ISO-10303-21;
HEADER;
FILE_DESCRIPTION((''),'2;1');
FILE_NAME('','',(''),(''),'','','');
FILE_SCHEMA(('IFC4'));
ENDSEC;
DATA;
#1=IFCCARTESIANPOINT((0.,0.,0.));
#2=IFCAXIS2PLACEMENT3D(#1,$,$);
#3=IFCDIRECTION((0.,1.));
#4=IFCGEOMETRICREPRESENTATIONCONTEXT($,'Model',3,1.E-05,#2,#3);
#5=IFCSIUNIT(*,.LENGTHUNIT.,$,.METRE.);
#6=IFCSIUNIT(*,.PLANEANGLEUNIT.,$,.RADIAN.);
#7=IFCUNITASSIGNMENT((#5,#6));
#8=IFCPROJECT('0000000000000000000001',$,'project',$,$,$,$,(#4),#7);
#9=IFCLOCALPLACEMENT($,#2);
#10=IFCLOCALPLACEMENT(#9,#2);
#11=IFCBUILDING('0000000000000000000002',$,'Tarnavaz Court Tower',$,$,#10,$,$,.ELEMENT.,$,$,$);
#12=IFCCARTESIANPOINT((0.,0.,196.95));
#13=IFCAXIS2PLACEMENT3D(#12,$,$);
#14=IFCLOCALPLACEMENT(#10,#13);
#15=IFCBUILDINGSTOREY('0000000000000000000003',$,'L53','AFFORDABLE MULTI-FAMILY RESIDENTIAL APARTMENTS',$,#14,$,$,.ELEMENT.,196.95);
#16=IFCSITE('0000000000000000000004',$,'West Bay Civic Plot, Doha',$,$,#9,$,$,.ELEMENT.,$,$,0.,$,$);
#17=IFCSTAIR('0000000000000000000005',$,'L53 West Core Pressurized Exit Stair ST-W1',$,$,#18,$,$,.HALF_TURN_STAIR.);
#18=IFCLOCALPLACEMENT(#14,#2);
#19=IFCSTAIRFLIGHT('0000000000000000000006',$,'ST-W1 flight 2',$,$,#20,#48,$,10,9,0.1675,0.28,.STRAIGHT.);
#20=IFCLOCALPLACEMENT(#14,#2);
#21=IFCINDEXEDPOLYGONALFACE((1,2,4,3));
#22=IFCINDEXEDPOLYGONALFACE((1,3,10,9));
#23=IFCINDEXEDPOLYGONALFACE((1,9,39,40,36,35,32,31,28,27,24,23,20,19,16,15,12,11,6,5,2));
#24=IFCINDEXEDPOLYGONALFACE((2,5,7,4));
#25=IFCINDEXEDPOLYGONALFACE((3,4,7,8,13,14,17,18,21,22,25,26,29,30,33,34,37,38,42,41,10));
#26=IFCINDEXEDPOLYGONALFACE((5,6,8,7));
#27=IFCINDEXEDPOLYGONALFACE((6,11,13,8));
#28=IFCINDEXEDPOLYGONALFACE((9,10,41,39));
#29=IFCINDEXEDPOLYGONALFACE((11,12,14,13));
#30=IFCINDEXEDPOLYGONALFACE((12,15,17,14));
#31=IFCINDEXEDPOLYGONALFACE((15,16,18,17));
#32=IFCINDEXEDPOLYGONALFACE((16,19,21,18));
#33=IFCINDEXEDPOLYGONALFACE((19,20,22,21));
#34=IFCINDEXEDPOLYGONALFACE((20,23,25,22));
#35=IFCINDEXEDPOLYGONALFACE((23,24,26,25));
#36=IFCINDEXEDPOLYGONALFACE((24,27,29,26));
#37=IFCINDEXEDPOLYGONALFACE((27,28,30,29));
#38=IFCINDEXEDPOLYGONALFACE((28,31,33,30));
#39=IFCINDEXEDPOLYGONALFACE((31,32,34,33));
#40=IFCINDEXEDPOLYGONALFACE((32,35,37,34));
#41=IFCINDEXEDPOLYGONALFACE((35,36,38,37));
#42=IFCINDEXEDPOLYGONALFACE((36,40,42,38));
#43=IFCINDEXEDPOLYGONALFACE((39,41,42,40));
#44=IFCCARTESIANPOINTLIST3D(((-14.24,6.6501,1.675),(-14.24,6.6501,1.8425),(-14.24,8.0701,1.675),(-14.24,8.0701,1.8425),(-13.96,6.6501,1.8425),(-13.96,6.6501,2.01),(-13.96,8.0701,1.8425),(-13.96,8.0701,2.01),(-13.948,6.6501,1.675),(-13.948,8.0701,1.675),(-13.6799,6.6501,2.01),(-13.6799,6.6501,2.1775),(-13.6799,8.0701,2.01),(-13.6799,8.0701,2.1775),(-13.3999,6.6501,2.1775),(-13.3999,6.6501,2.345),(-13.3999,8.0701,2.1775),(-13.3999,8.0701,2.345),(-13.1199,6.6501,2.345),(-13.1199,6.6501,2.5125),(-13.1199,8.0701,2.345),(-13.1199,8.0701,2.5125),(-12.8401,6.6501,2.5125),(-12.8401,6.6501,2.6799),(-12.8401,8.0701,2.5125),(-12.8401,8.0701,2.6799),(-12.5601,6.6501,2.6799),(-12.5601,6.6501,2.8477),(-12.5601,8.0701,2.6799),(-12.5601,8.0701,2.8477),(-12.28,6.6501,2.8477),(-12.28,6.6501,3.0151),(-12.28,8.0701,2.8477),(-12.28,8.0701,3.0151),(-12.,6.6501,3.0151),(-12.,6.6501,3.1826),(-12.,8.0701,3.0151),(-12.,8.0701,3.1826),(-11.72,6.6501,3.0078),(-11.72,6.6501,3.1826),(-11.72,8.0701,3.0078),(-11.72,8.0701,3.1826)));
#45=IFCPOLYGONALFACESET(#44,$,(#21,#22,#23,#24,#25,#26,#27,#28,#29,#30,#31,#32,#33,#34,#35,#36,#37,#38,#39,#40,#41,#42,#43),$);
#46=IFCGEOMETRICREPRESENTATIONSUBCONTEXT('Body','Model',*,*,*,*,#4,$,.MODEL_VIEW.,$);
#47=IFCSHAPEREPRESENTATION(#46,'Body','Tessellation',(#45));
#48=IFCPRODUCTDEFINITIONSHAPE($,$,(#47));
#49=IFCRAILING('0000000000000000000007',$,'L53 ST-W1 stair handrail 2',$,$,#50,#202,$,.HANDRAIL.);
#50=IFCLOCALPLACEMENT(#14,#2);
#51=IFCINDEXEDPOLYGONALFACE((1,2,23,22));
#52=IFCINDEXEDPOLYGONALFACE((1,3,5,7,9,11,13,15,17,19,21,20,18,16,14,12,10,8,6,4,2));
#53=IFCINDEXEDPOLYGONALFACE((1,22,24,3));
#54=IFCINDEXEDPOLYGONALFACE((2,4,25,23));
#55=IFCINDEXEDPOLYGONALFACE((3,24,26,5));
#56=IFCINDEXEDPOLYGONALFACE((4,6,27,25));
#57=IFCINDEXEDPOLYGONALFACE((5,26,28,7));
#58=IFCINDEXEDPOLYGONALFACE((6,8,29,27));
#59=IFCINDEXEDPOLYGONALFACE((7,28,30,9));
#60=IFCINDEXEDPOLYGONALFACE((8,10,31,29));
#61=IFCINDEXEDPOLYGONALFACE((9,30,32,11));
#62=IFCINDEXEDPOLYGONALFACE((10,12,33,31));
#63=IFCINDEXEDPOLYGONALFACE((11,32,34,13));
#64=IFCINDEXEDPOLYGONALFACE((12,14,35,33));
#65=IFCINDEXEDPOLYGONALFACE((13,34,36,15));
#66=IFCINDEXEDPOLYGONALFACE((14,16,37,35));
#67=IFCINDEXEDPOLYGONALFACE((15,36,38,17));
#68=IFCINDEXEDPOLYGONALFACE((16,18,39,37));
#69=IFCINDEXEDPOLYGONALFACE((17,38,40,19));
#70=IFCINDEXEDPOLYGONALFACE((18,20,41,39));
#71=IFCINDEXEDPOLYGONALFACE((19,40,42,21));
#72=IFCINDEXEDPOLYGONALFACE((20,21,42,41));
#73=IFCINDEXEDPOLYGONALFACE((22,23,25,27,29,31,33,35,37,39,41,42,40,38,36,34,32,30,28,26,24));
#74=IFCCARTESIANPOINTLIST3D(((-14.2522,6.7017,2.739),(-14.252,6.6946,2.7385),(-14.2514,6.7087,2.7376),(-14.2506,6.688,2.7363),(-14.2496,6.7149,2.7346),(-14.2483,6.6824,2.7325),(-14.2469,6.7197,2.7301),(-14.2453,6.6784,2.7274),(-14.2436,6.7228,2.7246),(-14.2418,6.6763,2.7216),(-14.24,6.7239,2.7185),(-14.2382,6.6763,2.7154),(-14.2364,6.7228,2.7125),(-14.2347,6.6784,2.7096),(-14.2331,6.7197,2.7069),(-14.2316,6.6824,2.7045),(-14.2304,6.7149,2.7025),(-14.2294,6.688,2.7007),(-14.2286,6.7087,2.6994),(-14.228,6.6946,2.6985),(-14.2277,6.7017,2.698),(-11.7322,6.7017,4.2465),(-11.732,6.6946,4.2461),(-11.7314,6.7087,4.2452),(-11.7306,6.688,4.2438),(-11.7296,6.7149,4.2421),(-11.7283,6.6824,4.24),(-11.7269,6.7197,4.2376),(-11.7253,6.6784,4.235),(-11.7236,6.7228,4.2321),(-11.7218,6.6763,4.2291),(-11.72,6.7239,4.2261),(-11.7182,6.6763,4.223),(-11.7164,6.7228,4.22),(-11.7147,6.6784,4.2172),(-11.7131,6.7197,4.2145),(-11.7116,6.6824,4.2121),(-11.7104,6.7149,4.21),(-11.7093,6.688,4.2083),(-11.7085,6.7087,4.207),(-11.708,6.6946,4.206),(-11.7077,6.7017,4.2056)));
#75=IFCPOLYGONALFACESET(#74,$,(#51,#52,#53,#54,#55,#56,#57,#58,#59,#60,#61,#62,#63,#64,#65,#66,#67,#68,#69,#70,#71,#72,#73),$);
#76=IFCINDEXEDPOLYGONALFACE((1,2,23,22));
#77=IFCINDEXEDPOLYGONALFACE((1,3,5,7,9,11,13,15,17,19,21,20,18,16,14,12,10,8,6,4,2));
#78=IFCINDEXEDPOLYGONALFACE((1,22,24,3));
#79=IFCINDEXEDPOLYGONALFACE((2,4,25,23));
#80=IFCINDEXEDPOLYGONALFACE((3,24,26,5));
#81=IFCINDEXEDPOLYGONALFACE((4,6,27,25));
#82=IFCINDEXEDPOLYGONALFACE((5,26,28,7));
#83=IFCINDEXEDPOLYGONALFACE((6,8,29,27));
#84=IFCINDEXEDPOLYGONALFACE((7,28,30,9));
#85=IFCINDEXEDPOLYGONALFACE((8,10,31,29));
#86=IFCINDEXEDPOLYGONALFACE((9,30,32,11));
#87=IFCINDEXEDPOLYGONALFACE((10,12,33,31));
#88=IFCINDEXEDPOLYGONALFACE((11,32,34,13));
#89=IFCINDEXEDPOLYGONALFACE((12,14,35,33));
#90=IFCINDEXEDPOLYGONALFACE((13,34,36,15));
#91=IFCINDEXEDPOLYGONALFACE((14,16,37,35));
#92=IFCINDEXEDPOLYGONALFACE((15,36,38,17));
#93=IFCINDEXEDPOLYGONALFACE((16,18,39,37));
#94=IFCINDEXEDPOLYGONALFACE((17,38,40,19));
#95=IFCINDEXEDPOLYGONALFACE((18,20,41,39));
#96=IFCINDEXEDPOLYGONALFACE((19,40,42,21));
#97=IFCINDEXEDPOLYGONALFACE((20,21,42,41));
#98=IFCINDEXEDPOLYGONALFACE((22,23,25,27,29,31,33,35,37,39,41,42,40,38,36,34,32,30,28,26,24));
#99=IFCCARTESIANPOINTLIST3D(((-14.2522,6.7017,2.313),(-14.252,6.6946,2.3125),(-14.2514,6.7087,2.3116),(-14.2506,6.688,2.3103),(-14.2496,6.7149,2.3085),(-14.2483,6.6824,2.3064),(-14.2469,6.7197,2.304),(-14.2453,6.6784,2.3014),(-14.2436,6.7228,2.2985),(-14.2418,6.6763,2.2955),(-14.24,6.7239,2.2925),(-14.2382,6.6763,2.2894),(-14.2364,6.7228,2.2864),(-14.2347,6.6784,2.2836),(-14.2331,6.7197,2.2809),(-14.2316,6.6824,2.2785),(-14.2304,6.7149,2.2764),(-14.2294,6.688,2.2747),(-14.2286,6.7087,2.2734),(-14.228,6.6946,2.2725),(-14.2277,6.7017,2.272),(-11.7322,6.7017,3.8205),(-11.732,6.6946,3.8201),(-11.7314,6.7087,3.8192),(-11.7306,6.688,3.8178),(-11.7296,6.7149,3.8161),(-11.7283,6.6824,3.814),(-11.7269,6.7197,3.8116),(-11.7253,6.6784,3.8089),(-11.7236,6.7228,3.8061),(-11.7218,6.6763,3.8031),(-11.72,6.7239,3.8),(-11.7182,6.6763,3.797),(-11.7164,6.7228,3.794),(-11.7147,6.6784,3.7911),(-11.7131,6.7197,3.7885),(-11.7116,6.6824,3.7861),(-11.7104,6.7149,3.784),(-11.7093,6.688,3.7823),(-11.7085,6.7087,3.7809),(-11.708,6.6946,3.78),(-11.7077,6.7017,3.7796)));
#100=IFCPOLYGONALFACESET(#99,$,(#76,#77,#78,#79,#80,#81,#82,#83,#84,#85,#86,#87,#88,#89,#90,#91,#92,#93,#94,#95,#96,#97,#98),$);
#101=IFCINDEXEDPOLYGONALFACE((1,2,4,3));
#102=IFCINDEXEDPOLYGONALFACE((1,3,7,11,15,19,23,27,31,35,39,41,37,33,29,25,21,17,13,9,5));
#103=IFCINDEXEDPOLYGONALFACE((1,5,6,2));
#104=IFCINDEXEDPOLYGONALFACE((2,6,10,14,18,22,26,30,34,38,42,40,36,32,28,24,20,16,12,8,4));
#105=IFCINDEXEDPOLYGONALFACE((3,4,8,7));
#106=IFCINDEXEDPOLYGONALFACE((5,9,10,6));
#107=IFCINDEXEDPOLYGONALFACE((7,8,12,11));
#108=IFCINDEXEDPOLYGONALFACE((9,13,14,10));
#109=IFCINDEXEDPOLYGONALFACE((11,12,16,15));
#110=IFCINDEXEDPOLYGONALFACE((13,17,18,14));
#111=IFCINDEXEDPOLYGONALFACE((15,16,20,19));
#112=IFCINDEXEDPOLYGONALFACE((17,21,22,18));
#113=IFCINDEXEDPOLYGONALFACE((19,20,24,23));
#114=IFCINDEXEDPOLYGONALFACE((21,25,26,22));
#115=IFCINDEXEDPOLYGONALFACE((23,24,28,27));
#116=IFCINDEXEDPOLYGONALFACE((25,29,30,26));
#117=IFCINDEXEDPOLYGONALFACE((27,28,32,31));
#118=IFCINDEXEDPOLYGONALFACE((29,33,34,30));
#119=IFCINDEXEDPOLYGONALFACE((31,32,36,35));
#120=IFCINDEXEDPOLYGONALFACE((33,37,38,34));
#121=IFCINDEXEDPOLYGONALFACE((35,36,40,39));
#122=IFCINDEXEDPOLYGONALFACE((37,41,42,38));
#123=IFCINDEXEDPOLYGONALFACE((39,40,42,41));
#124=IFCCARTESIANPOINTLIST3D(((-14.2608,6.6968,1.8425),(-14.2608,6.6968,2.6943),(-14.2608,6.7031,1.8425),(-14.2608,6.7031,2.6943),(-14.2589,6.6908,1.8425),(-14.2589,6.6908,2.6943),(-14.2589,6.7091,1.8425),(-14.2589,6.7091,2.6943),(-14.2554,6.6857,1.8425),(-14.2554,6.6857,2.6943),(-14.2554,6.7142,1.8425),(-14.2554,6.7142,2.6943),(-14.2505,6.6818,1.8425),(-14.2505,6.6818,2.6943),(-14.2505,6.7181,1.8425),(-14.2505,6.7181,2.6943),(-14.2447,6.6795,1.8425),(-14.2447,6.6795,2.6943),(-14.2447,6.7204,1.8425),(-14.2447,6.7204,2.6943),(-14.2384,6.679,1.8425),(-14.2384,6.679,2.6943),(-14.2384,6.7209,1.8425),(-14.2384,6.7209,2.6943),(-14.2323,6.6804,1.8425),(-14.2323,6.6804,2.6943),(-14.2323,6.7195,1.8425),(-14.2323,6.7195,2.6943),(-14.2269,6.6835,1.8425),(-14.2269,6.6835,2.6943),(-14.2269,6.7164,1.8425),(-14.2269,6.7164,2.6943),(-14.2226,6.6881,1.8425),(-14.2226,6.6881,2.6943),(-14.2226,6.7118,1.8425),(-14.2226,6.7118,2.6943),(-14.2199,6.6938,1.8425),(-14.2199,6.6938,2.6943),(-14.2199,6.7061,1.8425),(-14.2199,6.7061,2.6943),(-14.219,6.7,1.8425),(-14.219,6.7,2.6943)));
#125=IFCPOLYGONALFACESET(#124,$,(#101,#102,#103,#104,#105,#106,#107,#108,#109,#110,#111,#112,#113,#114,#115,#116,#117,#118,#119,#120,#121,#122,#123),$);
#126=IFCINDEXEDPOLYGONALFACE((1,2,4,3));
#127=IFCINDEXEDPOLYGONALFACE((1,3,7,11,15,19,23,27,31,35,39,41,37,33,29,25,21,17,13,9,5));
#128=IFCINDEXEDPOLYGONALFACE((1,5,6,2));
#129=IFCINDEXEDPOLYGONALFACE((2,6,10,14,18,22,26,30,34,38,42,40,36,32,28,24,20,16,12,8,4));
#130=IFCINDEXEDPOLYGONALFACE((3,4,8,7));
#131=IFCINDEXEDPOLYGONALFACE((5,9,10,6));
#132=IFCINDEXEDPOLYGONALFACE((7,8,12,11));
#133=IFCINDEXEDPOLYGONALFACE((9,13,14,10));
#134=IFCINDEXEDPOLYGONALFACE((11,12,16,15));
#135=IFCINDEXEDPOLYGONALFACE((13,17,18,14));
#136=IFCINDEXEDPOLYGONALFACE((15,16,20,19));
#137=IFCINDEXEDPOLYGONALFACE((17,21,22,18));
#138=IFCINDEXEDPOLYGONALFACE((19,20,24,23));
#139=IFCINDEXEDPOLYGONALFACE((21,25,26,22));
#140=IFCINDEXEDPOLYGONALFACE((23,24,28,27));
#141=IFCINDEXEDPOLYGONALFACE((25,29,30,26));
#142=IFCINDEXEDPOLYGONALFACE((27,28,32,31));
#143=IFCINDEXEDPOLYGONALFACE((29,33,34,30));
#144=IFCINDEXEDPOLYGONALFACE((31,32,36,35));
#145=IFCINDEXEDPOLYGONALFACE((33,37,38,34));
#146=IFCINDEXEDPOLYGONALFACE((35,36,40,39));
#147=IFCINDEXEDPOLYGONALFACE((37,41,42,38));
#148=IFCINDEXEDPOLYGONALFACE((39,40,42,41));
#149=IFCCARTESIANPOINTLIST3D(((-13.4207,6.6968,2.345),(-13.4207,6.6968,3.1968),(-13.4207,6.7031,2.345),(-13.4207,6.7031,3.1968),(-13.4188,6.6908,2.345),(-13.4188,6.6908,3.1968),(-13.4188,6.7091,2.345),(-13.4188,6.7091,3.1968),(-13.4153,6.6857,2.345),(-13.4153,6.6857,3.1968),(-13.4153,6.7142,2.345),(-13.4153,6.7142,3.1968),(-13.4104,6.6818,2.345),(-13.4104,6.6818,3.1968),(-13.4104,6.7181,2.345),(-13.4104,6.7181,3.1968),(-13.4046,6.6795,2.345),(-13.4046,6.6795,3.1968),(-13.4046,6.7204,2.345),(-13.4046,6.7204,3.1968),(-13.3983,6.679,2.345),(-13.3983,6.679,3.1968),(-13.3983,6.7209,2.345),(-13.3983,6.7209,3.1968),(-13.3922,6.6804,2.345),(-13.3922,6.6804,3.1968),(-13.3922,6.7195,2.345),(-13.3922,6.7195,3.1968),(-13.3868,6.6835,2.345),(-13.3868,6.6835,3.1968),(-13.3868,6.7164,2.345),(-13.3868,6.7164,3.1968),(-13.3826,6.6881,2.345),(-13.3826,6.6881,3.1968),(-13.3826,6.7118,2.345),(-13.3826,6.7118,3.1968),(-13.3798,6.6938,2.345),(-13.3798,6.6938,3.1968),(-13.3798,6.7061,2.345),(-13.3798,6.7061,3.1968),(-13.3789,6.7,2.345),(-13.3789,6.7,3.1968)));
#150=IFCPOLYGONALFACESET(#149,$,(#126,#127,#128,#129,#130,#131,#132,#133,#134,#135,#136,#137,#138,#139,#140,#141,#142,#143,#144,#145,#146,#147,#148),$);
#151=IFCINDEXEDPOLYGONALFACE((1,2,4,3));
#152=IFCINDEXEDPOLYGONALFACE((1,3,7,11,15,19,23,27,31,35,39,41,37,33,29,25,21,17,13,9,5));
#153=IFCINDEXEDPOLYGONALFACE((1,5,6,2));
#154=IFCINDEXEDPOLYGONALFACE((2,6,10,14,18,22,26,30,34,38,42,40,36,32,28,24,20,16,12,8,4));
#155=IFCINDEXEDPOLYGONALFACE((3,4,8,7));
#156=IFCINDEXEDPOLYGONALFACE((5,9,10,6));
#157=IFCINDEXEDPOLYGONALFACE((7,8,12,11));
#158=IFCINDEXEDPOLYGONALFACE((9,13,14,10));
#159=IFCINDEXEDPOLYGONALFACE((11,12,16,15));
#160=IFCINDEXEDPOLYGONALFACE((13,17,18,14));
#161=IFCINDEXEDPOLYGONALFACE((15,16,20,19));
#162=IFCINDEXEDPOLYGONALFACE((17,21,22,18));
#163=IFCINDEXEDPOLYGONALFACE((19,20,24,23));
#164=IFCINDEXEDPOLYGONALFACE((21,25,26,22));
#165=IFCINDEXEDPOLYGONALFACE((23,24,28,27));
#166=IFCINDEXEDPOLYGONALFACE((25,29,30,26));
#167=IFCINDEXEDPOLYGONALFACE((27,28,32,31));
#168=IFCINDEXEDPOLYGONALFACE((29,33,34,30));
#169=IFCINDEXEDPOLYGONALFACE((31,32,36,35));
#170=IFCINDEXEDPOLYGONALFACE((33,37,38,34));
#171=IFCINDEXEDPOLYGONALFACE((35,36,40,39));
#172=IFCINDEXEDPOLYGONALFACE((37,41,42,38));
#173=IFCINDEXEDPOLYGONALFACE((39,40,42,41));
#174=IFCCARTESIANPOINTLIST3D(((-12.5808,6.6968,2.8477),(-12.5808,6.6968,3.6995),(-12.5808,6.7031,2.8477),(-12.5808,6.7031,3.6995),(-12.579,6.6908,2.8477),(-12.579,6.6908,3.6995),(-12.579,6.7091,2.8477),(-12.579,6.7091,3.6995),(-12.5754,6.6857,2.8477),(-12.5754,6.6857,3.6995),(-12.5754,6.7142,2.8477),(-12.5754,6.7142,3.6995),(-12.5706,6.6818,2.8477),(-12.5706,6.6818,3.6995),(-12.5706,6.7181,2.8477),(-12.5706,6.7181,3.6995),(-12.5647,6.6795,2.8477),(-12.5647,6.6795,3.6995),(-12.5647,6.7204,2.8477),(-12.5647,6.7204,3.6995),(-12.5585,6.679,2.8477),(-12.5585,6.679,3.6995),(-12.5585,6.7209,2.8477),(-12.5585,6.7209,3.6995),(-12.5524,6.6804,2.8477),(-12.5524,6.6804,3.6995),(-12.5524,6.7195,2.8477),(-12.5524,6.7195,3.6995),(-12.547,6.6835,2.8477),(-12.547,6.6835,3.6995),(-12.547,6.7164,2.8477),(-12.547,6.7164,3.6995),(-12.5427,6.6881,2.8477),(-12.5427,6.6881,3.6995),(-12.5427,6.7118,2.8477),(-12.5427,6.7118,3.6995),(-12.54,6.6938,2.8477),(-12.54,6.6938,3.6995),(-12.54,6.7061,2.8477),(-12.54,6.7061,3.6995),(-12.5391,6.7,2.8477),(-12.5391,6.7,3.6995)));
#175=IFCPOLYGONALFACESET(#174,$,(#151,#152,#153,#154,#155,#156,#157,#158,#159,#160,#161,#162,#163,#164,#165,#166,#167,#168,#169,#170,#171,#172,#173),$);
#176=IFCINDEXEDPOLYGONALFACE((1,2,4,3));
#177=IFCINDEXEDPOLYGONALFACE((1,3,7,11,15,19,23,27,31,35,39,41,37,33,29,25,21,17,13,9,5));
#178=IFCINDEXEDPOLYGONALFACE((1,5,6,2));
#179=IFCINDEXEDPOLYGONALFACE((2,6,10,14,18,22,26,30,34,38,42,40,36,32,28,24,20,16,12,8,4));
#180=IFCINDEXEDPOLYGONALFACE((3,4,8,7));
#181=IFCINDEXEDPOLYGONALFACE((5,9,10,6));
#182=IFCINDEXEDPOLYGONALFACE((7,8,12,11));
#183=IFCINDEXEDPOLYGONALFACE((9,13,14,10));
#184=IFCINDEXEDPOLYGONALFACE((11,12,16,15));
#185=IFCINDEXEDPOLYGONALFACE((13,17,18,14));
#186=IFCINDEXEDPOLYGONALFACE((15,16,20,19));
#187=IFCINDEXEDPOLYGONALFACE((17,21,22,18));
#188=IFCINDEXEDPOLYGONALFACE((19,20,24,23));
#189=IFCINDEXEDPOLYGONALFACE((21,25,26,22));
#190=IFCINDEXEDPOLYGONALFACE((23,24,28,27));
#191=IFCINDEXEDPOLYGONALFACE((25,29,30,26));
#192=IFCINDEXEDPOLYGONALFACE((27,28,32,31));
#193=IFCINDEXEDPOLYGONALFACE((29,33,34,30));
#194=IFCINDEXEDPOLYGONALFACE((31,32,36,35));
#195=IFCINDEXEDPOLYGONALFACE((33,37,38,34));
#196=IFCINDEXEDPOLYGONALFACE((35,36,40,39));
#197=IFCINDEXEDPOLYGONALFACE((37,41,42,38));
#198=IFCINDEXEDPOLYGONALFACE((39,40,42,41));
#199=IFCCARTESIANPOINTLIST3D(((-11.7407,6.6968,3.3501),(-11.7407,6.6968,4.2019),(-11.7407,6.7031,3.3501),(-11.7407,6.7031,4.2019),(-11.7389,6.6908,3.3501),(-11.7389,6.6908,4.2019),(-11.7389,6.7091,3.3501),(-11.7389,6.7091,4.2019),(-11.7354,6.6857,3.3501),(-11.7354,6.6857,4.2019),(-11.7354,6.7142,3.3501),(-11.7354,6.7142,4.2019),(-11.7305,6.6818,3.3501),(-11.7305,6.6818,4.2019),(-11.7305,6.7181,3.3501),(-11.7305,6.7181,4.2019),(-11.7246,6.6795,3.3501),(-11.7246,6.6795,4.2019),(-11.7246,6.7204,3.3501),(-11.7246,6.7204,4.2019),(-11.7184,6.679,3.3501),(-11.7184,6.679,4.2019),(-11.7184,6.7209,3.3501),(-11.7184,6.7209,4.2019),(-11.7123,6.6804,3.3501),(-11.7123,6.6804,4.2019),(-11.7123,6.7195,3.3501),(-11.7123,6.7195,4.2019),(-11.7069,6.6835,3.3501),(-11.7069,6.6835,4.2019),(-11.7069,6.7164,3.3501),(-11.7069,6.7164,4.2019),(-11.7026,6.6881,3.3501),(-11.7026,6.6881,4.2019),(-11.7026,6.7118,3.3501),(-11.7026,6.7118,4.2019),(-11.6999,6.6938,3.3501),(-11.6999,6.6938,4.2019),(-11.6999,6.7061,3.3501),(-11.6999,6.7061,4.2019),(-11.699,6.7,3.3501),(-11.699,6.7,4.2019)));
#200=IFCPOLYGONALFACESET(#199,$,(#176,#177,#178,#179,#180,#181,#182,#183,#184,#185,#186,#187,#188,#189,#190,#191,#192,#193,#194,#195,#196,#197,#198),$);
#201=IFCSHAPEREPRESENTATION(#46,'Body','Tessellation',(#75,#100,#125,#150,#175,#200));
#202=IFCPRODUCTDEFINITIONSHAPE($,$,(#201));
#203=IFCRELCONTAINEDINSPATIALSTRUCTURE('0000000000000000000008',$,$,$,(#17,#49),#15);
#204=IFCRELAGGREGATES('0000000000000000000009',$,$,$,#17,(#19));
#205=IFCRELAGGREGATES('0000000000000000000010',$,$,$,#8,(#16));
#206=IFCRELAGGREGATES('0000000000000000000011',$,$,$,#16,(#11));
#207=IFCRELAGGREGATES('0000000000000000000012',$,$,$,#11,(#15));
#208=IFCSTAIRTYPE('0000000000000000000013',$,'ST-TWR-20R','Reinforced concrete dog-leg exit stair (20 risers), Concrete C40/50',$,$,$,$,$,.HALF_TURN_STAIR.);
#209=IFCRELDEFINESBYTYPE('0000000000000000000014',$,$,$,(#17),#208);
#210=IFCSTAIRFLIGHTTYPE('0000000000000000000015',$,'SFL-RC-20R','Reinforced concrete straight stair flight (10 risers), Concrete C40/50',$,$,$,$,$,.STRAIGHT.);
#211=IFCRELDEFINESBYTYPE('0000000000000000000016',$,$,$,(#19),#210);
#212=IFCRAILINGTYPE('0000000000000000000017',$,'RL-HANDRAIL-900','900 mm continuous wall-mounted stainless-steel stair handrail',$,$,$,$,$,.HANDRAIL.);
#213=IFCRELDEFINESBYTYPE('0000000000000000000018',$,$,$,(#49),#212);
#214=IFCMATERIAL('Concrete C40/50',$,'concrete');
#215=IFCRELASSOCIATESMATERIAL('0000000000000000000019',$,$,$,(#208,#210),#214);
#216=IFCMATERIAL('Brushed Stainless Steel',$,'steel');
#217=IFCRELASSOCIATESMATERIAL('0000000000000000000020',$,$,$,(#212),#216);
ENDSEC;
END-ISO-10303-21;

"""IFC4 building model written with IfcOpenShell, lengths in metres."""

from ifc_helpers import new_model, si_unit, direction, frame, origin, origin_2d, place, context, subcontext, project, spatial, polyline, circle, outline, extrude, material, type_object, element, aggregate, save


model = new_model("IFC4")

# Units and contexts
model_context = context("Model", 3, precision=1e-05, world=origin(), true_north=direction((0.0, 1.0)))
body_context = subcontext(model_context, "Body", "Model", "MODEL_VIEW")
ifc_project = project(units=[si_unit("LENGTHUNIT", "METRE"), si_unit("PLANEANGLEUNIT", "RADIAN")], contexts=[model_context])

# Site, building, storey
site_placement = place(None, origin())
site = spatial("IfcSite", under=ifc_project, at=site_placement, Name="West Bay Civic Plot, Doha", CompositionType="ELEMENT", RefElevation=0.0)
building_placement = place(site_placement, origin())
building = spatial("IfcBuilding", under=site, at=building_placement, Name="Tarnavaz Court Tower", CompositionType="ELEMENT")
storey_placement = place(building_placement, frame((0.0, 0.0, 196.95)))
storey = spatial("IfcBuildingStorey", under=building, at=storey_placement, Name="L53", Description="AFFORDABLE MULTI-FAMILY RESIDENTIAL APARTMENTS", CompositionType="ELEMENT", Elevation=196.95)

# Stair, stair flight
ifc_material_1 = material(Name="Concrete C40/50", Category="concrete")
stair_type = type_object("IfcStairType", Name="ST-TWR-20R", Description="Reinforced concrete dog-leg exit stair (20 risers), Concrete C40/50", PredefinedType="HALF_TURN_STAIR", material=ifc_material_1)
stair_placement = place(storey_placement, origin())
stair = element("IfcStair", 1, at=stair_placement, inside=storey, type_object=stair_type, Name="L53 West Core Pressurized Exit Stair ST-W1", PredefinedType="HALF_TURN_STAIR")
stair_flight_type = type_object("IfcStairFlightType", Name="SFL-RC-20R", Description="Reinforced concrete straight stair flight (10 risers), Concrete C40/50", PredefinedType="STRAIGHT", material=ifc_material_1)
stair_flight_placement = place(storey_placement, frame((-14.24, 7.3601, 1.675), z_axis=(0.0, 0.0, 1.0), x_axis=(1.0, 0.0, 0.0)))
stair_flight = element("IfcStairFlight", 2, at=stair_flight_placement, type_object=stair_flight_type, Name="ST-W1 flight 2", NumberOfRisers=10, NumberOfTreads=9, PredefinedType="STRAIGHT", RiserHeight=0.1675, TreadLength=0.28, context=body_context, shape_type="SweptSolid", body=[
    extrude(outline(polyline([(0.0, 0.0), (0.0, 0.1675), (0.28, 0.1675), (0.28, 0.335), (0.5601, 0.335), (0.5601, 0.5024), (0.8401, 0.5024), (0.8401, 0.6699), (1.1201, 0.6699), (1.1201, 0.8374), (1.3999, 0.8374), (1.3999, 1.0049), (1.6799, 1.0049), (1.6799, 1.1726), (1.96, 1.1726), (1.96, 1.3401), (2.24, 1.3401), (2.24, 1.5076), (2.52, 1.5076), (2.52, 1.675), (2.52, 1.3328), (0.292, 0.0), (0.0, 0.0)])), frame((0.0, 0.71, 0.0), z_axis=(0.0, -1.0, 0.0), x_axis=(1.0, 0.0, 0.0)), (0.0, 0.0, 1.0), 1.4199),
])
aggregate(stair, [stair_flight])

# Railing
ifc_material_2 = material(Name="Brushed Stainless Steel", Category="steel")
railing_type_1 = type_object("IfcRailingType", Name="RL-HANDRAIL-900", Description="900 mm continuous wall-mounted stainless-steel stair handrail", PredefinedType="HANDRAIL", material=ifc_material_2)
railing_1_placement = place(storey_placement, frame((-14.24, 6.7, 1.8425)))
element("IfcRailing", 3, at=railing_1_placement, inside=storey, type_object=railing_type_1, Name="L53 ST-W1 stair handrail 2", PredefinedType="HANDRAIL", context=body_context, shape_type="SweptSolid", body=[
    extrude(circle(Radius=0.0239, at=origin_2d()), frame((0.0, 0.0, 0.876), z_axis=(0.85816, 0.0, 0.513383), x_axis=(0.0, 1.0, 0.0)), (0.0, 0.0, 1.0), 2.9365),
    extrude(circle(Radius=0.0239, at=origin_2d()), frame((0.0, 0.0, 0.45), z_axis=(0.85816, 0.0, 0.513383), x_axis=(0.0, 1.0, 0.0)), (0.0, 0.0, 1.0), 2.9365),
    extrude(circle(Radius=0.021, at=origin_2d()), origin(), (0.0, 0.0, 1.0), 0.8518),
    extrude(circle(Radius=0.021, at=origin_2d()), frame((0.8401, 0.0, 0.5024)), (0.0, 0.0, 1.0), 0.8518),
    extrude(circle(Radius=0.021, at=origin_2d()), frame((1.6799, 0.0, 1.0051)), (0.0, 0.0, 1.0), 0.8518),
    extrude(circle(Radius=0.021, at=origin_2d()), frame((2.52, 0.0, 1.5076)), (0.0, 0.0, 1.0), 0.8518),
])

save(model, "model.ifc")
